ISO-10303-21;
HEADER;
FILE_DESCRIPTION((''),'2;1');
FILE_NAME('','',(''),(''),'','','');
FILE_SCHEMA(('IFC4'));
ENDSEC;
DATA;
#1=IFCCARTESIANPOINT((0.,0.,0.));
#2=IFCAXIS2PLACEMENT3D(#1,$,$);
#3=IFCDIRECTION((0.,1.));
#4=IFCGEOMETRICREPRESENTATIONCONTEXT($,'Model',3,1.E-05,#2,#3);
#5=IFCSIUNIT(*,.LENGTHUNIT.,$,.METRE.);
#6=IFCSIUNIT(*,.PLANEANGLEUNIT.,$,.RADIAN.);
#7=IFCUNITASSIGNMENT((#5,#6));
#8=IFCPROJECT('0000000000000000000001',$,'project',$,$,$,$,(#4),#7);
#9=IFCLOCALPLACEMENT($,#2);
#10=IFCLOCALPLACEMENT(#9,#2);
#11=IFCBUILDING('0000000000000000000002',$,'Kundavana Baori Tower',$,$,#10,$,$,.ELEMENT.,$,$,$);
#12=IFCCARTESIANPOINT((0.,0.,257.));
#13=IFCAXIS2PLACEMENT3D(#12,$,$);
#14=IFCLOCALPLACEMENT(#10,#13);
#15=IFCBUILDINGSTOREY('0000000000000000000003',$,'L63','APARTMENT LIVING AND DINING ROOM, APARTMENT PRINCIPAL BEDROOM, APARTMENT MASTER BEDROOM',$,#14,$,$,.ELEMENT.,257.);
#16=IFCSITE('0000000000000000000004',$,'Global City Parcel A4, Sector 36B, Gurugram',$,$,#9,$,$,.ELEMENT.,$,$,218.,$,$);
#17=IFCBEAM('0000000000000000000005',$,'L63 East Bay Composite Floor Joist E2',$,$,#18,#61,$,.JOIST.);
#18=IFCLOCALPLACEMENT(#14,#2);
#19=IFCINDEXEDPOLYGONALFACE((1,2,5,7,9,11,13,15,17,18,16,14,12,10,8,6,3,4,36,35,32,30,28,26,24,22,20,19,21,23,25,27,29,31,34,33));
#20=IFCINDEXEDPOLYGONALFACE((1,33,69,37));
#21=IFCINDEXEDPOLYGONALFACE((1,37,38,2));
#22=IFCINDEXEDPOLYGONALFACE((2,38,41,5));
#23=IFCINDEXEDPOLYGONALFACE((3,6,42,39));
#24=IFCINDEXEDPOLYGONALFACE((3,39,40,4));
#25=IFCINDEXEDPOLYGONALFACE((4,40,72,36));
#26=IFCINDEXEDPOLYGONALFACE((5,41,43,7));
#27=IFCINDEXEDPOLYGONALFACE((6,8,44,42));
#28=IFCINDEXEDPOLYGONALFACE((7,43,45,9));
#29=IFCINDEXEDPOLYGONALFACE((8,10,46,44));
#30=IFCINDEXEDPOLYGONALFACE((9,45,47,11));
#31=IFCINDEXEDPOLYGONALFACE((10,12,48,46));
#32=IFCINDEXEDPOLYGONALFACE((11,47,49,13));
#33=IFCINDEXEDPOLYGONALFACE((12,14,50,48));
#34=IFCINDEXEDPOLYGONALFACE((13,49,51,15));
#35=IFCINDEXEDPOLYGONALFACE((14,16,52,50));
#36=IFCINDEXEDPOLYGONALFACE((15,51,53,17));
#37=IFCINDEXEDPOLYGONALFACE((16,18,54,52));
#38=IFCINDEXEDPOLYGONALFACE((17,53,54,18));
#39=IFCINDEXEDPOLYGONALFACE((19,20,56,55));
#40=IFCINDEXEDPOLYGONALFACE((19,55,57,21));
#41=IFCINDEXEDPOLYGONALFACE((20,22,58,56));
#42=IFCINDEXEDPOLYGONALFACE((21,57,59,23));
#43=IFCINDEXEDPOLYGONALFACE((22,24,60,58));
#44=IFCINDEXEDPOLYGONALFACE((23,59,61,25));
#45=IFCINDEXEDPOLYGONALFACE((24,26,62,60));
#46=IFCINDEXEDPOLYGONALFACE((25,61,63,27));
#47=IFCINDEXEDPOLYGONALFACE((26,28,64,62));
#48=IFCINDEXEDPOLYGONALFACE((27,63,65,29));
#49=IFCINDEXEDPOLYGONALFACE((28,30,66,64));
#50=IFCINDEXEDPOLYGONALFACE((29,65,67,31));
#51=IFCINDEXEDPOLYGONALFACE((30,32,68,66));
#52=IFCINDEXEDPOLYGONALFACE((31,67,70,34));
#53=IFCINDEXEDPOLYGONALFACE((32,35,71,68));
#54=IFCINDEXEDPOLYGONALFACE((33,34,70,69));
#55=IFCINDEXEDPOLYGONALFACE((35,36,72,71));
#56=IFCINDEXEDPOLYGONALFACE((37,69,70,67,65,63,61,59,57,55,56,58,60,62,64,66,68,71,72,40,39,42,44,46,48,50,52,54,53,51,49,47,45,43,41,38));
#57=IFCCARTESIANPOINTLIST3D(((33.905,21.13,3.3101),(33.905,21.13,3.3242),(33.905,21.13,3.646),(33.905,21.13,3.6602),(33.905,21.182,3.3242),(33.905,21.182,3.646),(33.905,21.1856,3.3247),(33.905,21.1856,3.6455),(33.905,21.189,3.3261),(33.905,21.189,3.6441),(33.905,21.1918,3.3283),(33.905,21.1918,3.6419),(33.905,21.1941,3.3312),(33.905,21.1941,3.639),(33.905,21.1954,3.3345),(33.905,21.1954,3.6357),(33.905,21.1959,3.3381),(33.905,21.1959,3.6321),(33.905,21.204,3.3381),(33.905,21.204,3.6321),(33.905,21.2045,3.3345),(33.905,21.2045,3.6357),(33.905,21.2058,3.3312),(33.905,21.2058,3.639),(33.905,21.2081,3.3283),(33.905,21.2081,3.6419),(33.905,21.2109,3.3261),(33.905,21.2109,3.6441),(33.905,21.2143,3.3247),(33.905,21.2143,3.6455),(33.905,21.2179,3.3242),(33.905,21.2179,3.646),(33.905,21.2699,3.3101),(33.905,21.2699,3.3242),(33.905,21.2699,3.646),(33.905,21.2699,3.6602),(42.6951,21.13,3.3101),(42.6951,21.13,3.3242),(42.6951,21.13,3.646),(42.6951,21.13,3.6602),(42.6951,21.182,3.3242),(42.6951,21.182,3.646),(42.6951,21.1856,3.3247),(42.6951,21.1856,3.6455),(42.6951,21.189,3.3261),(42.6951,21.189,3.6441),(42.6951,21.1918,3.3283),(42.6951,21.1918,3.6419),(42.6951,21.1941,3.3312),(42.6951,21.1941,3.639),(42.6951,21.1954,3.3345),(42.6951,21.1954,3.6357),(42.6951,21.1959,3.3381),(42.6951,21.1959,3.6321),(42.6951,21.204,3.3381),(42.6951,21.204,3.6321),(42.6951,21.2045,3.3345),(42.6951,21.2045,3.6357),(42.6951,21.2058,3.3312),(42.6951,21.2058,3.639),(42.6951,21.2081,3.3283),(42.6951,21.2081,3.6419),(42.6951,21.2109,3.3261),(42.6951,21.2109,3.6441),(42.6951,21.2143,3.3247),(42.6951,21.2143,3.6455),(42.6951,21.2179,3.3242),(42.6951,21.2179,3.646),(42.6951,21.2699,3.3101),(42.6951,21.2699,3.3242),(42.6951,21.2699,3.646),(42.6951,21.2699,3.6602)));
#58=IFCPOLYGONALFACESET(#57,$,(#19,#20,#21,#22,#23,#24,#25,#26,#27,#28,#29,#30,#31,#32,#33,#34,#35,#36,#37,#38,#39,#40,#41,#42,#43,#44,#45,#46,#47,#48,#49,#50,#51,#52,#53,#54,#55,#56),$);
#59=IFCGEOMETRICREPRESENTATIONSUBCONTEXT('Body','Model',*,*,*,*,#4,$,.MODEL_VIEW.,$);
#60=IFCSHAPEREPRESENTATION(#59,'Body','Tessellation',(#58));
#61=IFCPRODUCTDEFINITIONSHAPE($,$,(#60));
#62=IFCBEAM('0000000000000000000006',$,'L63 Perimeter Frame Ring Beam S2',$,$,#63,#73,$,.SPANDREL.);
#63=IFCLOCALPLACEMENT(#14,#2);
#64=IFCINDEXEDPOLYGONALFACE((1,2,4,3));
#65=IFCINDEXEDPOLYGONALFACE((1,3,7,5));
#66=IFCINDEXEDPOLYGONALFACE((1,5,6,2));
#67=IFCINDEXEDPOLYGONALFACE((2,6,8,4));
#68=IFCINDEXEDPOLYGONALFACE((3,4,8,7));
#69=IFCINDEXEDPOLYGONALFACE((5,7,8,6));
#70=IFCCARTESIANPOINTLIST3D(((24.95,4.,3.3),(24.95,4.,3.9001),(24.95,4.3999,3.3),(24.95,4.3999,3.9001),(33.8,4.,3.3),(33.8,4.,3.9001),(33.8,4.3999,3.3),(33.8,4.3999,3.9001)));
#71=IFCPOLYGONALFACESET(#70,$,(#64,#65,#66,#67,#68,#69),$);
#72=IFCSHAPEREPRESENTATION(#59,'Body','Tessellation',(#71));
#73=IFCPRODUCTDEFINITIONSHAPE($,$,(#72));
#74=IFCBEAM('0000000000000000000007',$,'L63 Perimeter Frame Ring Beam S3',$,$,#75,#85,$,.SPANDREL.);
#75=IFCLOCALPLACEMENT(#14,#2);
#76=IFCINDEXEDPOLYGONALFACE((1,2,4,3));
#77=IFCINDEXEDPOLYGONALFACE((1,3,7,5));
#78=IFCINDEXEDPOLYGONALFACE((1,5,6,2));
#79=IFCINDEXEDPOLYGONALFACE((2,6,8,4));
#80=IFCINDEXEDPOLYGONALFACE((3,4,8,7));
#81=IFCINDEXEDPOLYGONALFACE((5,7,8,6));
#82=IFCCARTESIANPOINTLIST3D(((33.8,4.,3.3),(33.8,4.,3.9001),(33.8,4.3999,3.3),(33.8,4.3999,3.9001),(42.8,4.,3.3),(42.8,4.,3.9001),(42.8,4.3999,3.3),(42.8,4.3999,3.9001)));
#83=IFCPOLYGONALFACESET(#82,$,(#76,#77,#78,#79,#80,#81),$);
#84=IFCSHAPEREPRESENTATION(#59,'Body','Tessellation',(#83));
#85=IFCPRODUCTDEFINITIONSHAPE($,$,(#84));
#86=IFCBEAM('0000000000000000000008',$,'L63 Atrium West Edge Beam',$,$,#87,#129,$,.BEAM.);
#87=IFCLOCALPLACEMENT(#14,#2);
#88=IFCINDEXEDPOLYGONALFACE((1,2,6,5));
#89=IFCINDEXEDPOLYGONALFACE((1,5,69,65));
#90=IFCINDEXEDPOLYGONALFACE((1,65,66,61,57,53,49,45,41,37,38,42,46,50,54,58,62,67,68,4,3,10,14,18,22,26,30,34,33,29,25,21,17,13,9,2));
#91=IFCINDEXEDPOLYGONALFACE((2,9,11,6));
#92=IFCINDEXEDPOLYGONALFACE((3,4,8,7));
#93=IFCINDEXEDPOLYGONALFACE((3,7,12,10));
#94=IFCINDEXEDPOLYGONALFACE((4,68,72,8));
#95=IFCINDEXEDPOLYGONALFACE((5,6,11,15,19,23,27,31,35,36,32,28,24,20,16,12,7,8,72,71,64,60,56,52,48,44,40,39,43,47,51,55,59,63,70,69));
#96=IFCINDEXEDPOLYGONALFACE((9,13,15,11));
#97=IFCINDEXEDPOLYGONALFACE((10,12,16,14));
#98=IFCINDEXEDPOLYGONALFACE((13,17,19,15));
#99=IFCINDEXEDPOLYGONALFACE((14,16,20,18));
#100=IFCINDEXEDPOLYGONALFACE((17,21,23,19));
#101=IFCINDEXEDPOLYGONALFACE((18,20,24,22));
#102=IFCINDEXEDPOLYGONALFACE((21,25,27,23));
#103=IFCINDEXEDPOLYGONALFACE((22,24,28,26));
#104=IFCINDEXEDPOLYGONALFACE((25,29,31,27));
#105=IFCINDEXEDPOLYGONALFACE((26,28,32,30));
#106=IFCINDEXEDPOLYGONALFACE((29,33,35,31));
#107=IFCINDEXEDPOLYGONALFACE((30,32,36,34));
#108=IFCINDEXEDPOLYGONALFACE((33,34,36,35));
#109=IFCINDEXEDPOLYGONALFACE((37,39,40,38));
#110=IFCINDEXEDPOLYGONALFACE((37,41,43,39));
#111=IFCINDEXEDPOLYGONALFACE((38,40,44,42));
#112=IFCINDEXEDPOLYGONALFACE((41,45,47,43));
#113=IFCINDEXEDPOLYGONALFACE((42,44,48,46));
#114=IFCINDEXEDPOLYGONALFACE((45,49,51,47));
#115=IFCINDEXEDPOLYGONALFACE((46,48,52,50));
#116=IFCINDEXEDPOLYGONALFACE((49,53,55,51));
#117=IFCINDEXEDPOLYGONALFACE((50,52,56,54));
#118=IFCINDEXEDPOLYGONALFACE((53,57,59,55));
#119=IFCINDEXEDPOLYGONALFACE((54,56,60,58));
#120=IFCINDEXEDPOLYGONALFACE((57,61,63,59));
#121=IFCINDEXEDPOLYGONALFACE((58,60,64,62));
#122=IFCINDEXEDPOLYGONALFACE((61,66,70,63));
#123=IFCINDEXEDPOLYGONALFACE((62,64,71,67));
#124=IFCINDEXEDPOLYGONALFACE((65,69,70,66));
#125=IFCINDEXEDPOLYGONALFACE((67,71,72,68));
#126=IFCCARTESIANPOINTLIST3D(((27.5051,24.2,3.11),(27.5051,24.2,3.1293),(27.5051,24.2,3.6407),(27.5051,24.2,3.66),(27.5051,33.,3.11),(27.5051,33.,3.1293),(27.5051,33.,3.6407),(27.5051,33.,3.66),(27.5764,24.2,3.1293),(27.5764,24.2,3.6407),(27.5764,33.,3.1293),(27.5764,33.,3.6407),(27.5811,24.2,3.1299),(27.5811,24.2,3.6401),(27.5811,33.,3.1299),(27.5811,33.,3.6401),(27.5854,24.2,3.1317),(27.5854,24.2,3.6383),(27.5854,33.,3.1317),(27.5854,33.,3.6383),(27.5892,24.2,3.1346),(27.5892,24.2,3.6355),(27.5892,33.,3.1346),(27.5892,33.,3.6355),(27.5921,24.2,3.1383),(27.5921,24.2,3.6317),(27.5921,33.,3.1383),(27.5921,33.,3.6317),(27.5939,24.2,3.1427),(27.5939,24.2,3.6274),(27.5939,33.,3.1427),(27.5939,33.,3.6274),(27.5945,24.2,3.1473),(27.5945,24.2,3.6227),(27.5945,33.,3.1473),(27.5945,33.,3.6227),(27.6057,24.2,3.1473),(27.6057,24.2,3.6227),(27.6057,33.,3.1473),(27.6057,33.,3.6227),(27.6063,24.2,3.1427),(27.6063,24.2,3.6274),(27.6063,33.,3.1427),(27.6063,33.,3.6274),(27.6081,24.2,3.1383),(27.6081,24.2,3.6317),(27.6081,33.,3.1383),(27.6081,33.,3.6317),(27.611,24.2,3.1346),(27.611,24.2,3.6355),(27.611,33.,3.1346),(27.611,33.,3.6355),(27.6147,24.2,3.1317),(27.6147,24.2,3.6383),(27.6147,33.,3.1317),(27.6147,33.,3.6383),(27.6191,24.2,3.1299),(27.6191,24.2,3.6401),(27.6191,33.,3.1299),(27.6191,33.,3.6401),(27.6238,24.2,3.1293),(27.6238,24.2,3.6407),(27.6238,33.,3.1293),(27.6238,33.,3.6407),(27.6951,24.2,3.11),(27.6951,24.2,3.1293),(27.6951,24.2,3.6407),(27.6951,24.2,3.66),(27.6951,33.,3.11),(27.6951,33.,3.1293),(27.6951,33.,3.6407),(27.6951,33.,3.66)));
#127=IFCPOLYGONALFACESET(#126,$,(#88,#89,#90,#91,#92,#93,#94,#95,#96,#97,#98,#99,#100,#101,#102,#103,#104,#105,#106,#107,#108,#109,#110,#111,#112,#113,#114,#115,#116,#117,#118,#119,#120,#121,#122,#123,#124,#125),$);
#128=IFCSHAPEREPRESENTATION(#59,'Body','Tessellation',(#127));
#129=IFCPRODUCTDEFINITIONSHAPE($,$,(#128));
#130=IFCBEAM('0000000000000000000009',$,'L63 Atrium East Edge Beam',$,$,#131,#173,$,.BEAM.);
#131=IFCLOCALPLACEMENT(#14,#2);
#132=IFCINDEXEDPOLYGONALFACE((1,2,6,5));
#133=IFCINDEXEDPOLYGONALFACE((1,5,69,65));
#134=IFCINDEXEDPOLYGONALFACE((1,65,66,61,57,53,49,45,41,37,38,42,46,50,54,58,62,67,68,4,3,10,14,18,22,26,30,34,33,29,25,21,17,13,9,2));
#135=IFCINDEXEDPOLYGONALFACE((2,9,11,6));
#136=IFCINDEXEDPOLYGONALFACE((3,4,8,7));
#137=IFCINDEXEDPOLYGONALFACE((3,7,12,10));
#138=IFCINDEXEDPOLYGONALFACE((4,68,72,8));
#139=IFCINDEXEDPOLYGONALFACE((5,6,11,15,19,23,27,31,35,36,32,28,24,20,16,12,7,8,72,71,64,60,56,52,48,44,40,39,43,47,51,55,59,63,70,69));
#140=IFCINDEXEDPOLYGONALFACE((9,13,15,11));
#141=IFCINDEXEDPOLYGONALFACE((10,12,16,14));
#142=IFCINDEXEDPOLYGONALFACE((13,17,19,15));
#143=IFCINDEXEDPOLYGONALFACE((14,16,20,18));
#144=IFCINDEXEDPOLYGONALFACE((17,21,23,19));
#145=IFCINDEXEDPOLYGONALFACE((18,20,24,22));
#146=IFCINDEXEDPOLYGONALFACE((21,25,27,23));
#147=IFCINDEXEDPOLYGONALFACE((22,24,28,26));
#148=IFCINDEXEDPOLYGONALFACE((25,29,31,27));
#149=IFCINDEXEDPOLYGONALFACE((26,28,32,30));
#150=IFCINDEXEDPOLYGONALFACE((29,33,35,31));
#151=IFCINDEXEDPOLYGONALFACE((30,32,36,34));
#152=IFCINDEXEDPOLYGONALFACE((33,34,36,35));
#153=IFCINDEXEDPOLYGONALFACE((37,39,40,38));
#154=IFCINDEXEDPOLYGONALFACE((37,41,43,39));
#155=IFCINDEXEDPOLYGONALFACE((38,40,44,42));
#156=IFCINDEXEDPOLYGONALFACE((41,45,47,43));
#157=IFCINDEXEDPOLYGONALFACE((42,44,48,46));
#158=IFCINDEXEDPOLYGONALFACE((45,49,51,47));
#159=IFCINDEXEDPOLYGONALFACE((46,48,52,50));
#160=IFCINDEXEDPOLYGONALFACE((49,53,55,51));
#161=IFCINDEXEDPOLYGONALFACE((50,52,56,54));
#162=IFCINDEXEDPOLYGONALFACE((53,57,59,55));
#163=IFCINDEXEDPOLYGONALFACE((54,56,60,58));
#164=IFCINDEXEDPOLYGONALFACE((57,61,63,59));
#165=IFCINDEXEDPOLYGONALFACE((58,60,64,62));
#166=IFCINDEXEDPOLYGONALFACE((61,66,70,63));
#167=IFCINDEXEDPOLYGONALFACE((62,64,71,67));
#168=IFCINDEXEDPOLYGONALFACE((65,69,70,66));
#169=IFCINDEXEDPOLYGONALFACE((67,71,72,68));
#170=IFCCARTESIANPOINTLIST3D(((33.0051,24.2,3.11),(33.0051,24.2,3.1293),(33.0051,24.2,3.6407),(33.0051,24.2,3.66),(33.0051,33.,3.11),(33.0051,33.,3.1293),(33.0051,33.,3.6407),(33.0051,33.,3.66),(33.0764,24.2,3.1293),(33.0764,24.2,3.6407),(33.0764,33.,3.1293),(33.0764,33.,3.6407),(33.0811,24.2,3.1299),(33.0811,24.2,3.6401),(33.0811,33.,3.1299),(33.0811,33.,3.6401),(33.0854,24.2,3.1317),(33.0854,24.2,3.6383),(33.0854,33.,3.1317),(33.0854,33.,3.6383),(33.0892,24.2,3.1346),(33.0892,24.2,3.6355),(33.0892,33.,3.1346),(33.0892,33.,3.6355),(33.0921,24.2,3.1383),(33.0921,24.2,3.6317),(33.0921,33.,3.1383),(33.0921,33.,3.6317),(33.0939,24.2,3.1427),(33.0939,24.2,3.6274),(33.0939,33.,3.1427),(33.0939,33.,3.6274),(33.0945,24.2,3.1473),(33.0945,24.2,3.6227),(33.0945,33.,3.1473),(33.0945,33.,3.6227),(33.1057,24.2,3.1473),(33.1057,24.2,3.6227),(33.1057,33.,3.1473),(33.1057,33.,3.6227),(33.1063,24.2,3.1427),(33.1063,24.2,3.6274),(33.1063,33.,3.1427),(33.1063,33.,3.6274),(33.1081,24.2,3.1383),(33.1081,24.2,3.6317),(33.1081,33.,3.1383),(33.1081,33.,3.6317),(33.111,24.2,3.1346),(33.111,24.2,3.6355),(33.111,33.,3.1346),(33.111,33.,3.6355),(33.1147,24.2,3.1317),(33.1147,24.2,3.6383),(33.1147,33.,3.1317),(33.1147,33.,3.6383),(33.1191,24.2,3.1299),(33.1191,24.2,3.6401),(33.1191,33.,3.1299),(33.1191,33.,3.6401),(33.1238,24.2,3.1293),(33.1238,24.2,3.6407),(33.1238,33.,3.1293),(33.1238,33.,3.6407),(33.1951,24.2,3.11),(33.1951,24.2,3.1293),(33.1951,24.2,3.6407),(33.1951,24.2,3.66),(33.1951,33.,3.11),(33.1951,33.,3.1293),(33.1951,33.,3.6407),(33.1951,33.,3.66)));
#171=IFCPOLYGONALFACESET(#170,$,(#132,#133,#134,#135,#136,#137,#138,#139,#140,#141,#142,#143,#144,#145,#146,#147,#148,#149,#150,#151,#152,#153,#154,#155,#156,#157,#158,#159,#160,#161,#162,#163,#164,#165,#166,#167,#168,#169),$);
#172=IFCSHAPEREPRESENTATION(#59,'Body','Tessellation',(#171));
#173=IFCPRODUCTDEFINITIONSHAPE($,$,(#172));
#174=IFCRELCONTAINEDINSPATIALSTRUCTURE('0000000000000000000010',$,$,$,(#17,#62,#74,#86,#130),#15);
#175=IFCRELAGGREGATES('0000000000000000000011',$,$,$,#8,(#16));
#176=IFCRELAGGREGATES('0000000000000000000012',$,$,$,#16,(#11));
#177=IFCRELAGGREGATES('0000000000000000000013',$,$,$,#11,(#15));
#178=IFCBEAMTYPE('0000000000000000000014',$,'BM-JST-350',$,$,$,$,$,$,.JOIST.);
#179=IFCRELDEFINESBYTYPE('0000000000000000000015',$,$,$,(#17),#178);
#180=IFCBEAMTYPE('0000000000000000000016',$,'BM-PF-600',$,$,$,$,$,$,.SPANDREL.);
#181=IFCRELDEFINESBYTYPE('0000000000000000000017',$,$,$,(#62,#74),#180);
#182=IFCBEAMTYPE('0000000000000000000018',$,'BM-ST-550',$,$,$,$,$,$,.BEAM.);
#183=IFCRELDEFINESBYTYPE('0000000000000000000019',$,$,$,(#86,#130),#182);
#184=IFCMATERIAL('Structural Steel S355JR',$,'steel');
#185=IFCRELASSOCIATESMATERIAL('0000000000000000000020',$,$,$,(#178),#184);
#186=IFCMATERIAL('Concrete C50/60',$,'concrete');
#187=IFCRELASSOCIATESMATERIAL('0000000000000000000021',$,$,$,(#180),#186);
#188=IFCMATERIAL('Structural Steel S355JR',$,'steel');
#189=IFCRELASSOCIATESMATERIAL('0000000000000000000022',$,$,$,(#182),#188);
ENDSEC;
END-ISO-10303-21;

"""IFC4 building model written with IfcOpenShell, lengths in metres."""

from ifc_helpers import new_model, si_unit, direction, frame, origin, origin_2d, place, context, subcontext, project, spatial, rectangle, i_section, extrude, material, material_profile, profile_set, type_object, element, save


model = new_model("IFC4")

# Units and contexts
model_context = context("Model", 3, precision=1e-05, world=origin(), true_north=direction((0.0, 1.0)))
body_context = subcontext(model_context, "Body", "Model", "MODEL_VIEW")
ifc_project = project(units=[si_unit("LENGTHUNIT", "METRE"), si_unit("PLANEANGLEUNIT", "RADIAN")], contexts=[model_context])

# Site, building, storey
site_placement = place(None, origin())
site = spatial("IfcSite", under=ifc_project, at=site_placement, Name="Global City Parcel A4, Sector 36B, Gurugram", CompositionType="ELEMENT", RefElevation=218.0)
building_placement = place(site_placement, origin())
building = spatial("IfcBuilding", under=site, at=building_placement, Name="Kundavana Baori Tower", CompositionType="ELEMENT")
storey_placement = place(building_placement, frame((0.0, 0.0, 257.0)))
storey = spatial("IfcBuildingStorey", under=building, at=storey_placement, Name="L63", Description="APARTMENT LIVING AND DINING ROOM, APARTMENT PRINCIPAL BEDROOM, APARTMENT MASTER BEDROOM", CompositionType="ELEMENT", Elevation=257.0)

# Beams
ifc_material_1 = material(Name="Structural Steel S355JR", Category="steel")
ifc_material_profile_1 = material_profile(ifc_material_1, i_section(OverallWidth=0.1399, OverallDepth=0.3501, WebThickness=0.0081, FlangeThickness=0.0142, FilletRadius=0.0139, at=origin_2d()), Name="ISMB 350")
ifc_profile_set_1 = profile_set([ifc_material_profile_1], Name="Structural Steel S355JR")
beam_type_1 = type_object("IfcBeamType", Name="BM-JST-350", PredefinedType="JOIST", material=ifc_profile_set_1)
for number, where, z_axis, x_axis, name in (
    (1, (33.905, 21.2, 3.4851), (1.0, 0.0, 0.0), (0.0, 1.0, 0.0), "L63 East Bay Composite Floor Joist E2"),
):
    element("IfcBeam", number, at=place(storey_placement, frame(where, z_axis=z_axis, x_axis=x_axis)), inside=storey, type_object=beam_type_1, Name=name, PredefinedType="JOIST", context=body_context, shape_type="SweptSolid", body=[
        extrude(i_section(OverallWidth=0.1399, OverallDepth=0.3501, WebThickness=0.0081, FlangeThickness=0.0142, FilletRadius=0.0139, at=origin_2d()), origin(), (0.0, 0.0, 1.0), 8.79),
    ])
ifc_material_2 = material(Name="Concrete C50/60", Category="concrete")
ifc_material_profile_2 = material_profile(ifc_material_2, rectangle(XDim=0.3999, YDim=0.6001, at=origin_2d()), Name="RC BM 400x600")
ifc_profile_set_2 = profile_set([ifc_material_profile_2], Name="Concrete C50/60")
beam_type_2 = type_object("IfcBeamType", Name="BM-PF-600", PredefinedType="SPANDREL", material=ifc_profile_set_2)
beam_1_placement = place(storey_placement, frame((24.95, 4.2, 3.6001), z_axis=(1.0, 0.0, 0.0), x_axis=(0.0, 1.0, 0.0)))
element("IfcBeam", 2, at=beam_1_placement, inside=storey, type_object=beam_type_2, Name="L63 Perimeter Frame Ring Beam S2", PredefinedType="SPANDREL", context=body_context, shape_type="SweptSolid", body=[
    extrude(rectangle(XDim=0.3999, YDim=0.6001, at=origin_2d()), origin(), (0.0, 0.0, 1.0), 8.8501),
])
beam_2_placement = place(storey_placement, frame((33.8, 4.2, 3.6001), z_axis=(1.0, 0.0, 0.0), x_axis=(0.0, 1.0, 0.0)))
element("IfcBeam", 3, at=beam_2_placement, inside=storey, type_object=beam_type_2, Name="L63 Perimeter Frame Ring Beam S3", PredefinedType="SPANDREL", context=body_context, shape_type="SweptSolid", body=[
    extrude(rectangle(XDim=0.3999, YDim=0.6001, at=origin_2d()), origin(), (0.0, 0.0, 1.0), 9.0),
])
ifc_material_3 = material(Name="Structural Steel S355JR", Category="steel")
ifc_material_profile_3 = material_profile(ifc_material_3, i_section(OverallWidth=0.1899, OverallDepth=0.55, WebThickness=0.0112, FlangeThickness=0.0193, FilletRadius=0.0181, at=origin_2d()), Name="ISMB 550")
ifc_profile_set_3 = profile_set([ifc_material_profile_3], Name="Structural Steel S355JR")
beam_type_3 = type_object("IfcBeamType", Name="BM-ST-550", PredefinedType="BEAM", material=ifc_profile_set_3)
for number, where, z_axis, x_axis, name in (
    (4, (27.6001, 24.2, 3.385), (0.0, 1.0, 0.0), (-1.0, 0.0, 0.0), "L63 Atrium West Edge Beam"),
    (5, (33.1001, 24.2, 3.385), (0.0, 1.0, 0.0), (-1.0, 0.0, 0.0), "L63 Atrium East Edge Beam"),
):
    element("IfcBeam", number, at=place(storey_placement, frame(where, z_axis=z_axis, x_axis=x_axis)), inside=storey, type_object=beam_type_3, Name=name, PredefinedType="BEAM", context=body_context, shape_type="SweptSolid", body=[
        extrude(i_section(OverallWidth=0.1899, OverallDepth=0.55, WebThickness=0.0112, FlangeThickness=0.0193, FilletRadius=0.0181, at=origin_2d()), origin(), (0.0, 0.0, 1.0), 8.8),
    ])

save(model, "model.ifc")
